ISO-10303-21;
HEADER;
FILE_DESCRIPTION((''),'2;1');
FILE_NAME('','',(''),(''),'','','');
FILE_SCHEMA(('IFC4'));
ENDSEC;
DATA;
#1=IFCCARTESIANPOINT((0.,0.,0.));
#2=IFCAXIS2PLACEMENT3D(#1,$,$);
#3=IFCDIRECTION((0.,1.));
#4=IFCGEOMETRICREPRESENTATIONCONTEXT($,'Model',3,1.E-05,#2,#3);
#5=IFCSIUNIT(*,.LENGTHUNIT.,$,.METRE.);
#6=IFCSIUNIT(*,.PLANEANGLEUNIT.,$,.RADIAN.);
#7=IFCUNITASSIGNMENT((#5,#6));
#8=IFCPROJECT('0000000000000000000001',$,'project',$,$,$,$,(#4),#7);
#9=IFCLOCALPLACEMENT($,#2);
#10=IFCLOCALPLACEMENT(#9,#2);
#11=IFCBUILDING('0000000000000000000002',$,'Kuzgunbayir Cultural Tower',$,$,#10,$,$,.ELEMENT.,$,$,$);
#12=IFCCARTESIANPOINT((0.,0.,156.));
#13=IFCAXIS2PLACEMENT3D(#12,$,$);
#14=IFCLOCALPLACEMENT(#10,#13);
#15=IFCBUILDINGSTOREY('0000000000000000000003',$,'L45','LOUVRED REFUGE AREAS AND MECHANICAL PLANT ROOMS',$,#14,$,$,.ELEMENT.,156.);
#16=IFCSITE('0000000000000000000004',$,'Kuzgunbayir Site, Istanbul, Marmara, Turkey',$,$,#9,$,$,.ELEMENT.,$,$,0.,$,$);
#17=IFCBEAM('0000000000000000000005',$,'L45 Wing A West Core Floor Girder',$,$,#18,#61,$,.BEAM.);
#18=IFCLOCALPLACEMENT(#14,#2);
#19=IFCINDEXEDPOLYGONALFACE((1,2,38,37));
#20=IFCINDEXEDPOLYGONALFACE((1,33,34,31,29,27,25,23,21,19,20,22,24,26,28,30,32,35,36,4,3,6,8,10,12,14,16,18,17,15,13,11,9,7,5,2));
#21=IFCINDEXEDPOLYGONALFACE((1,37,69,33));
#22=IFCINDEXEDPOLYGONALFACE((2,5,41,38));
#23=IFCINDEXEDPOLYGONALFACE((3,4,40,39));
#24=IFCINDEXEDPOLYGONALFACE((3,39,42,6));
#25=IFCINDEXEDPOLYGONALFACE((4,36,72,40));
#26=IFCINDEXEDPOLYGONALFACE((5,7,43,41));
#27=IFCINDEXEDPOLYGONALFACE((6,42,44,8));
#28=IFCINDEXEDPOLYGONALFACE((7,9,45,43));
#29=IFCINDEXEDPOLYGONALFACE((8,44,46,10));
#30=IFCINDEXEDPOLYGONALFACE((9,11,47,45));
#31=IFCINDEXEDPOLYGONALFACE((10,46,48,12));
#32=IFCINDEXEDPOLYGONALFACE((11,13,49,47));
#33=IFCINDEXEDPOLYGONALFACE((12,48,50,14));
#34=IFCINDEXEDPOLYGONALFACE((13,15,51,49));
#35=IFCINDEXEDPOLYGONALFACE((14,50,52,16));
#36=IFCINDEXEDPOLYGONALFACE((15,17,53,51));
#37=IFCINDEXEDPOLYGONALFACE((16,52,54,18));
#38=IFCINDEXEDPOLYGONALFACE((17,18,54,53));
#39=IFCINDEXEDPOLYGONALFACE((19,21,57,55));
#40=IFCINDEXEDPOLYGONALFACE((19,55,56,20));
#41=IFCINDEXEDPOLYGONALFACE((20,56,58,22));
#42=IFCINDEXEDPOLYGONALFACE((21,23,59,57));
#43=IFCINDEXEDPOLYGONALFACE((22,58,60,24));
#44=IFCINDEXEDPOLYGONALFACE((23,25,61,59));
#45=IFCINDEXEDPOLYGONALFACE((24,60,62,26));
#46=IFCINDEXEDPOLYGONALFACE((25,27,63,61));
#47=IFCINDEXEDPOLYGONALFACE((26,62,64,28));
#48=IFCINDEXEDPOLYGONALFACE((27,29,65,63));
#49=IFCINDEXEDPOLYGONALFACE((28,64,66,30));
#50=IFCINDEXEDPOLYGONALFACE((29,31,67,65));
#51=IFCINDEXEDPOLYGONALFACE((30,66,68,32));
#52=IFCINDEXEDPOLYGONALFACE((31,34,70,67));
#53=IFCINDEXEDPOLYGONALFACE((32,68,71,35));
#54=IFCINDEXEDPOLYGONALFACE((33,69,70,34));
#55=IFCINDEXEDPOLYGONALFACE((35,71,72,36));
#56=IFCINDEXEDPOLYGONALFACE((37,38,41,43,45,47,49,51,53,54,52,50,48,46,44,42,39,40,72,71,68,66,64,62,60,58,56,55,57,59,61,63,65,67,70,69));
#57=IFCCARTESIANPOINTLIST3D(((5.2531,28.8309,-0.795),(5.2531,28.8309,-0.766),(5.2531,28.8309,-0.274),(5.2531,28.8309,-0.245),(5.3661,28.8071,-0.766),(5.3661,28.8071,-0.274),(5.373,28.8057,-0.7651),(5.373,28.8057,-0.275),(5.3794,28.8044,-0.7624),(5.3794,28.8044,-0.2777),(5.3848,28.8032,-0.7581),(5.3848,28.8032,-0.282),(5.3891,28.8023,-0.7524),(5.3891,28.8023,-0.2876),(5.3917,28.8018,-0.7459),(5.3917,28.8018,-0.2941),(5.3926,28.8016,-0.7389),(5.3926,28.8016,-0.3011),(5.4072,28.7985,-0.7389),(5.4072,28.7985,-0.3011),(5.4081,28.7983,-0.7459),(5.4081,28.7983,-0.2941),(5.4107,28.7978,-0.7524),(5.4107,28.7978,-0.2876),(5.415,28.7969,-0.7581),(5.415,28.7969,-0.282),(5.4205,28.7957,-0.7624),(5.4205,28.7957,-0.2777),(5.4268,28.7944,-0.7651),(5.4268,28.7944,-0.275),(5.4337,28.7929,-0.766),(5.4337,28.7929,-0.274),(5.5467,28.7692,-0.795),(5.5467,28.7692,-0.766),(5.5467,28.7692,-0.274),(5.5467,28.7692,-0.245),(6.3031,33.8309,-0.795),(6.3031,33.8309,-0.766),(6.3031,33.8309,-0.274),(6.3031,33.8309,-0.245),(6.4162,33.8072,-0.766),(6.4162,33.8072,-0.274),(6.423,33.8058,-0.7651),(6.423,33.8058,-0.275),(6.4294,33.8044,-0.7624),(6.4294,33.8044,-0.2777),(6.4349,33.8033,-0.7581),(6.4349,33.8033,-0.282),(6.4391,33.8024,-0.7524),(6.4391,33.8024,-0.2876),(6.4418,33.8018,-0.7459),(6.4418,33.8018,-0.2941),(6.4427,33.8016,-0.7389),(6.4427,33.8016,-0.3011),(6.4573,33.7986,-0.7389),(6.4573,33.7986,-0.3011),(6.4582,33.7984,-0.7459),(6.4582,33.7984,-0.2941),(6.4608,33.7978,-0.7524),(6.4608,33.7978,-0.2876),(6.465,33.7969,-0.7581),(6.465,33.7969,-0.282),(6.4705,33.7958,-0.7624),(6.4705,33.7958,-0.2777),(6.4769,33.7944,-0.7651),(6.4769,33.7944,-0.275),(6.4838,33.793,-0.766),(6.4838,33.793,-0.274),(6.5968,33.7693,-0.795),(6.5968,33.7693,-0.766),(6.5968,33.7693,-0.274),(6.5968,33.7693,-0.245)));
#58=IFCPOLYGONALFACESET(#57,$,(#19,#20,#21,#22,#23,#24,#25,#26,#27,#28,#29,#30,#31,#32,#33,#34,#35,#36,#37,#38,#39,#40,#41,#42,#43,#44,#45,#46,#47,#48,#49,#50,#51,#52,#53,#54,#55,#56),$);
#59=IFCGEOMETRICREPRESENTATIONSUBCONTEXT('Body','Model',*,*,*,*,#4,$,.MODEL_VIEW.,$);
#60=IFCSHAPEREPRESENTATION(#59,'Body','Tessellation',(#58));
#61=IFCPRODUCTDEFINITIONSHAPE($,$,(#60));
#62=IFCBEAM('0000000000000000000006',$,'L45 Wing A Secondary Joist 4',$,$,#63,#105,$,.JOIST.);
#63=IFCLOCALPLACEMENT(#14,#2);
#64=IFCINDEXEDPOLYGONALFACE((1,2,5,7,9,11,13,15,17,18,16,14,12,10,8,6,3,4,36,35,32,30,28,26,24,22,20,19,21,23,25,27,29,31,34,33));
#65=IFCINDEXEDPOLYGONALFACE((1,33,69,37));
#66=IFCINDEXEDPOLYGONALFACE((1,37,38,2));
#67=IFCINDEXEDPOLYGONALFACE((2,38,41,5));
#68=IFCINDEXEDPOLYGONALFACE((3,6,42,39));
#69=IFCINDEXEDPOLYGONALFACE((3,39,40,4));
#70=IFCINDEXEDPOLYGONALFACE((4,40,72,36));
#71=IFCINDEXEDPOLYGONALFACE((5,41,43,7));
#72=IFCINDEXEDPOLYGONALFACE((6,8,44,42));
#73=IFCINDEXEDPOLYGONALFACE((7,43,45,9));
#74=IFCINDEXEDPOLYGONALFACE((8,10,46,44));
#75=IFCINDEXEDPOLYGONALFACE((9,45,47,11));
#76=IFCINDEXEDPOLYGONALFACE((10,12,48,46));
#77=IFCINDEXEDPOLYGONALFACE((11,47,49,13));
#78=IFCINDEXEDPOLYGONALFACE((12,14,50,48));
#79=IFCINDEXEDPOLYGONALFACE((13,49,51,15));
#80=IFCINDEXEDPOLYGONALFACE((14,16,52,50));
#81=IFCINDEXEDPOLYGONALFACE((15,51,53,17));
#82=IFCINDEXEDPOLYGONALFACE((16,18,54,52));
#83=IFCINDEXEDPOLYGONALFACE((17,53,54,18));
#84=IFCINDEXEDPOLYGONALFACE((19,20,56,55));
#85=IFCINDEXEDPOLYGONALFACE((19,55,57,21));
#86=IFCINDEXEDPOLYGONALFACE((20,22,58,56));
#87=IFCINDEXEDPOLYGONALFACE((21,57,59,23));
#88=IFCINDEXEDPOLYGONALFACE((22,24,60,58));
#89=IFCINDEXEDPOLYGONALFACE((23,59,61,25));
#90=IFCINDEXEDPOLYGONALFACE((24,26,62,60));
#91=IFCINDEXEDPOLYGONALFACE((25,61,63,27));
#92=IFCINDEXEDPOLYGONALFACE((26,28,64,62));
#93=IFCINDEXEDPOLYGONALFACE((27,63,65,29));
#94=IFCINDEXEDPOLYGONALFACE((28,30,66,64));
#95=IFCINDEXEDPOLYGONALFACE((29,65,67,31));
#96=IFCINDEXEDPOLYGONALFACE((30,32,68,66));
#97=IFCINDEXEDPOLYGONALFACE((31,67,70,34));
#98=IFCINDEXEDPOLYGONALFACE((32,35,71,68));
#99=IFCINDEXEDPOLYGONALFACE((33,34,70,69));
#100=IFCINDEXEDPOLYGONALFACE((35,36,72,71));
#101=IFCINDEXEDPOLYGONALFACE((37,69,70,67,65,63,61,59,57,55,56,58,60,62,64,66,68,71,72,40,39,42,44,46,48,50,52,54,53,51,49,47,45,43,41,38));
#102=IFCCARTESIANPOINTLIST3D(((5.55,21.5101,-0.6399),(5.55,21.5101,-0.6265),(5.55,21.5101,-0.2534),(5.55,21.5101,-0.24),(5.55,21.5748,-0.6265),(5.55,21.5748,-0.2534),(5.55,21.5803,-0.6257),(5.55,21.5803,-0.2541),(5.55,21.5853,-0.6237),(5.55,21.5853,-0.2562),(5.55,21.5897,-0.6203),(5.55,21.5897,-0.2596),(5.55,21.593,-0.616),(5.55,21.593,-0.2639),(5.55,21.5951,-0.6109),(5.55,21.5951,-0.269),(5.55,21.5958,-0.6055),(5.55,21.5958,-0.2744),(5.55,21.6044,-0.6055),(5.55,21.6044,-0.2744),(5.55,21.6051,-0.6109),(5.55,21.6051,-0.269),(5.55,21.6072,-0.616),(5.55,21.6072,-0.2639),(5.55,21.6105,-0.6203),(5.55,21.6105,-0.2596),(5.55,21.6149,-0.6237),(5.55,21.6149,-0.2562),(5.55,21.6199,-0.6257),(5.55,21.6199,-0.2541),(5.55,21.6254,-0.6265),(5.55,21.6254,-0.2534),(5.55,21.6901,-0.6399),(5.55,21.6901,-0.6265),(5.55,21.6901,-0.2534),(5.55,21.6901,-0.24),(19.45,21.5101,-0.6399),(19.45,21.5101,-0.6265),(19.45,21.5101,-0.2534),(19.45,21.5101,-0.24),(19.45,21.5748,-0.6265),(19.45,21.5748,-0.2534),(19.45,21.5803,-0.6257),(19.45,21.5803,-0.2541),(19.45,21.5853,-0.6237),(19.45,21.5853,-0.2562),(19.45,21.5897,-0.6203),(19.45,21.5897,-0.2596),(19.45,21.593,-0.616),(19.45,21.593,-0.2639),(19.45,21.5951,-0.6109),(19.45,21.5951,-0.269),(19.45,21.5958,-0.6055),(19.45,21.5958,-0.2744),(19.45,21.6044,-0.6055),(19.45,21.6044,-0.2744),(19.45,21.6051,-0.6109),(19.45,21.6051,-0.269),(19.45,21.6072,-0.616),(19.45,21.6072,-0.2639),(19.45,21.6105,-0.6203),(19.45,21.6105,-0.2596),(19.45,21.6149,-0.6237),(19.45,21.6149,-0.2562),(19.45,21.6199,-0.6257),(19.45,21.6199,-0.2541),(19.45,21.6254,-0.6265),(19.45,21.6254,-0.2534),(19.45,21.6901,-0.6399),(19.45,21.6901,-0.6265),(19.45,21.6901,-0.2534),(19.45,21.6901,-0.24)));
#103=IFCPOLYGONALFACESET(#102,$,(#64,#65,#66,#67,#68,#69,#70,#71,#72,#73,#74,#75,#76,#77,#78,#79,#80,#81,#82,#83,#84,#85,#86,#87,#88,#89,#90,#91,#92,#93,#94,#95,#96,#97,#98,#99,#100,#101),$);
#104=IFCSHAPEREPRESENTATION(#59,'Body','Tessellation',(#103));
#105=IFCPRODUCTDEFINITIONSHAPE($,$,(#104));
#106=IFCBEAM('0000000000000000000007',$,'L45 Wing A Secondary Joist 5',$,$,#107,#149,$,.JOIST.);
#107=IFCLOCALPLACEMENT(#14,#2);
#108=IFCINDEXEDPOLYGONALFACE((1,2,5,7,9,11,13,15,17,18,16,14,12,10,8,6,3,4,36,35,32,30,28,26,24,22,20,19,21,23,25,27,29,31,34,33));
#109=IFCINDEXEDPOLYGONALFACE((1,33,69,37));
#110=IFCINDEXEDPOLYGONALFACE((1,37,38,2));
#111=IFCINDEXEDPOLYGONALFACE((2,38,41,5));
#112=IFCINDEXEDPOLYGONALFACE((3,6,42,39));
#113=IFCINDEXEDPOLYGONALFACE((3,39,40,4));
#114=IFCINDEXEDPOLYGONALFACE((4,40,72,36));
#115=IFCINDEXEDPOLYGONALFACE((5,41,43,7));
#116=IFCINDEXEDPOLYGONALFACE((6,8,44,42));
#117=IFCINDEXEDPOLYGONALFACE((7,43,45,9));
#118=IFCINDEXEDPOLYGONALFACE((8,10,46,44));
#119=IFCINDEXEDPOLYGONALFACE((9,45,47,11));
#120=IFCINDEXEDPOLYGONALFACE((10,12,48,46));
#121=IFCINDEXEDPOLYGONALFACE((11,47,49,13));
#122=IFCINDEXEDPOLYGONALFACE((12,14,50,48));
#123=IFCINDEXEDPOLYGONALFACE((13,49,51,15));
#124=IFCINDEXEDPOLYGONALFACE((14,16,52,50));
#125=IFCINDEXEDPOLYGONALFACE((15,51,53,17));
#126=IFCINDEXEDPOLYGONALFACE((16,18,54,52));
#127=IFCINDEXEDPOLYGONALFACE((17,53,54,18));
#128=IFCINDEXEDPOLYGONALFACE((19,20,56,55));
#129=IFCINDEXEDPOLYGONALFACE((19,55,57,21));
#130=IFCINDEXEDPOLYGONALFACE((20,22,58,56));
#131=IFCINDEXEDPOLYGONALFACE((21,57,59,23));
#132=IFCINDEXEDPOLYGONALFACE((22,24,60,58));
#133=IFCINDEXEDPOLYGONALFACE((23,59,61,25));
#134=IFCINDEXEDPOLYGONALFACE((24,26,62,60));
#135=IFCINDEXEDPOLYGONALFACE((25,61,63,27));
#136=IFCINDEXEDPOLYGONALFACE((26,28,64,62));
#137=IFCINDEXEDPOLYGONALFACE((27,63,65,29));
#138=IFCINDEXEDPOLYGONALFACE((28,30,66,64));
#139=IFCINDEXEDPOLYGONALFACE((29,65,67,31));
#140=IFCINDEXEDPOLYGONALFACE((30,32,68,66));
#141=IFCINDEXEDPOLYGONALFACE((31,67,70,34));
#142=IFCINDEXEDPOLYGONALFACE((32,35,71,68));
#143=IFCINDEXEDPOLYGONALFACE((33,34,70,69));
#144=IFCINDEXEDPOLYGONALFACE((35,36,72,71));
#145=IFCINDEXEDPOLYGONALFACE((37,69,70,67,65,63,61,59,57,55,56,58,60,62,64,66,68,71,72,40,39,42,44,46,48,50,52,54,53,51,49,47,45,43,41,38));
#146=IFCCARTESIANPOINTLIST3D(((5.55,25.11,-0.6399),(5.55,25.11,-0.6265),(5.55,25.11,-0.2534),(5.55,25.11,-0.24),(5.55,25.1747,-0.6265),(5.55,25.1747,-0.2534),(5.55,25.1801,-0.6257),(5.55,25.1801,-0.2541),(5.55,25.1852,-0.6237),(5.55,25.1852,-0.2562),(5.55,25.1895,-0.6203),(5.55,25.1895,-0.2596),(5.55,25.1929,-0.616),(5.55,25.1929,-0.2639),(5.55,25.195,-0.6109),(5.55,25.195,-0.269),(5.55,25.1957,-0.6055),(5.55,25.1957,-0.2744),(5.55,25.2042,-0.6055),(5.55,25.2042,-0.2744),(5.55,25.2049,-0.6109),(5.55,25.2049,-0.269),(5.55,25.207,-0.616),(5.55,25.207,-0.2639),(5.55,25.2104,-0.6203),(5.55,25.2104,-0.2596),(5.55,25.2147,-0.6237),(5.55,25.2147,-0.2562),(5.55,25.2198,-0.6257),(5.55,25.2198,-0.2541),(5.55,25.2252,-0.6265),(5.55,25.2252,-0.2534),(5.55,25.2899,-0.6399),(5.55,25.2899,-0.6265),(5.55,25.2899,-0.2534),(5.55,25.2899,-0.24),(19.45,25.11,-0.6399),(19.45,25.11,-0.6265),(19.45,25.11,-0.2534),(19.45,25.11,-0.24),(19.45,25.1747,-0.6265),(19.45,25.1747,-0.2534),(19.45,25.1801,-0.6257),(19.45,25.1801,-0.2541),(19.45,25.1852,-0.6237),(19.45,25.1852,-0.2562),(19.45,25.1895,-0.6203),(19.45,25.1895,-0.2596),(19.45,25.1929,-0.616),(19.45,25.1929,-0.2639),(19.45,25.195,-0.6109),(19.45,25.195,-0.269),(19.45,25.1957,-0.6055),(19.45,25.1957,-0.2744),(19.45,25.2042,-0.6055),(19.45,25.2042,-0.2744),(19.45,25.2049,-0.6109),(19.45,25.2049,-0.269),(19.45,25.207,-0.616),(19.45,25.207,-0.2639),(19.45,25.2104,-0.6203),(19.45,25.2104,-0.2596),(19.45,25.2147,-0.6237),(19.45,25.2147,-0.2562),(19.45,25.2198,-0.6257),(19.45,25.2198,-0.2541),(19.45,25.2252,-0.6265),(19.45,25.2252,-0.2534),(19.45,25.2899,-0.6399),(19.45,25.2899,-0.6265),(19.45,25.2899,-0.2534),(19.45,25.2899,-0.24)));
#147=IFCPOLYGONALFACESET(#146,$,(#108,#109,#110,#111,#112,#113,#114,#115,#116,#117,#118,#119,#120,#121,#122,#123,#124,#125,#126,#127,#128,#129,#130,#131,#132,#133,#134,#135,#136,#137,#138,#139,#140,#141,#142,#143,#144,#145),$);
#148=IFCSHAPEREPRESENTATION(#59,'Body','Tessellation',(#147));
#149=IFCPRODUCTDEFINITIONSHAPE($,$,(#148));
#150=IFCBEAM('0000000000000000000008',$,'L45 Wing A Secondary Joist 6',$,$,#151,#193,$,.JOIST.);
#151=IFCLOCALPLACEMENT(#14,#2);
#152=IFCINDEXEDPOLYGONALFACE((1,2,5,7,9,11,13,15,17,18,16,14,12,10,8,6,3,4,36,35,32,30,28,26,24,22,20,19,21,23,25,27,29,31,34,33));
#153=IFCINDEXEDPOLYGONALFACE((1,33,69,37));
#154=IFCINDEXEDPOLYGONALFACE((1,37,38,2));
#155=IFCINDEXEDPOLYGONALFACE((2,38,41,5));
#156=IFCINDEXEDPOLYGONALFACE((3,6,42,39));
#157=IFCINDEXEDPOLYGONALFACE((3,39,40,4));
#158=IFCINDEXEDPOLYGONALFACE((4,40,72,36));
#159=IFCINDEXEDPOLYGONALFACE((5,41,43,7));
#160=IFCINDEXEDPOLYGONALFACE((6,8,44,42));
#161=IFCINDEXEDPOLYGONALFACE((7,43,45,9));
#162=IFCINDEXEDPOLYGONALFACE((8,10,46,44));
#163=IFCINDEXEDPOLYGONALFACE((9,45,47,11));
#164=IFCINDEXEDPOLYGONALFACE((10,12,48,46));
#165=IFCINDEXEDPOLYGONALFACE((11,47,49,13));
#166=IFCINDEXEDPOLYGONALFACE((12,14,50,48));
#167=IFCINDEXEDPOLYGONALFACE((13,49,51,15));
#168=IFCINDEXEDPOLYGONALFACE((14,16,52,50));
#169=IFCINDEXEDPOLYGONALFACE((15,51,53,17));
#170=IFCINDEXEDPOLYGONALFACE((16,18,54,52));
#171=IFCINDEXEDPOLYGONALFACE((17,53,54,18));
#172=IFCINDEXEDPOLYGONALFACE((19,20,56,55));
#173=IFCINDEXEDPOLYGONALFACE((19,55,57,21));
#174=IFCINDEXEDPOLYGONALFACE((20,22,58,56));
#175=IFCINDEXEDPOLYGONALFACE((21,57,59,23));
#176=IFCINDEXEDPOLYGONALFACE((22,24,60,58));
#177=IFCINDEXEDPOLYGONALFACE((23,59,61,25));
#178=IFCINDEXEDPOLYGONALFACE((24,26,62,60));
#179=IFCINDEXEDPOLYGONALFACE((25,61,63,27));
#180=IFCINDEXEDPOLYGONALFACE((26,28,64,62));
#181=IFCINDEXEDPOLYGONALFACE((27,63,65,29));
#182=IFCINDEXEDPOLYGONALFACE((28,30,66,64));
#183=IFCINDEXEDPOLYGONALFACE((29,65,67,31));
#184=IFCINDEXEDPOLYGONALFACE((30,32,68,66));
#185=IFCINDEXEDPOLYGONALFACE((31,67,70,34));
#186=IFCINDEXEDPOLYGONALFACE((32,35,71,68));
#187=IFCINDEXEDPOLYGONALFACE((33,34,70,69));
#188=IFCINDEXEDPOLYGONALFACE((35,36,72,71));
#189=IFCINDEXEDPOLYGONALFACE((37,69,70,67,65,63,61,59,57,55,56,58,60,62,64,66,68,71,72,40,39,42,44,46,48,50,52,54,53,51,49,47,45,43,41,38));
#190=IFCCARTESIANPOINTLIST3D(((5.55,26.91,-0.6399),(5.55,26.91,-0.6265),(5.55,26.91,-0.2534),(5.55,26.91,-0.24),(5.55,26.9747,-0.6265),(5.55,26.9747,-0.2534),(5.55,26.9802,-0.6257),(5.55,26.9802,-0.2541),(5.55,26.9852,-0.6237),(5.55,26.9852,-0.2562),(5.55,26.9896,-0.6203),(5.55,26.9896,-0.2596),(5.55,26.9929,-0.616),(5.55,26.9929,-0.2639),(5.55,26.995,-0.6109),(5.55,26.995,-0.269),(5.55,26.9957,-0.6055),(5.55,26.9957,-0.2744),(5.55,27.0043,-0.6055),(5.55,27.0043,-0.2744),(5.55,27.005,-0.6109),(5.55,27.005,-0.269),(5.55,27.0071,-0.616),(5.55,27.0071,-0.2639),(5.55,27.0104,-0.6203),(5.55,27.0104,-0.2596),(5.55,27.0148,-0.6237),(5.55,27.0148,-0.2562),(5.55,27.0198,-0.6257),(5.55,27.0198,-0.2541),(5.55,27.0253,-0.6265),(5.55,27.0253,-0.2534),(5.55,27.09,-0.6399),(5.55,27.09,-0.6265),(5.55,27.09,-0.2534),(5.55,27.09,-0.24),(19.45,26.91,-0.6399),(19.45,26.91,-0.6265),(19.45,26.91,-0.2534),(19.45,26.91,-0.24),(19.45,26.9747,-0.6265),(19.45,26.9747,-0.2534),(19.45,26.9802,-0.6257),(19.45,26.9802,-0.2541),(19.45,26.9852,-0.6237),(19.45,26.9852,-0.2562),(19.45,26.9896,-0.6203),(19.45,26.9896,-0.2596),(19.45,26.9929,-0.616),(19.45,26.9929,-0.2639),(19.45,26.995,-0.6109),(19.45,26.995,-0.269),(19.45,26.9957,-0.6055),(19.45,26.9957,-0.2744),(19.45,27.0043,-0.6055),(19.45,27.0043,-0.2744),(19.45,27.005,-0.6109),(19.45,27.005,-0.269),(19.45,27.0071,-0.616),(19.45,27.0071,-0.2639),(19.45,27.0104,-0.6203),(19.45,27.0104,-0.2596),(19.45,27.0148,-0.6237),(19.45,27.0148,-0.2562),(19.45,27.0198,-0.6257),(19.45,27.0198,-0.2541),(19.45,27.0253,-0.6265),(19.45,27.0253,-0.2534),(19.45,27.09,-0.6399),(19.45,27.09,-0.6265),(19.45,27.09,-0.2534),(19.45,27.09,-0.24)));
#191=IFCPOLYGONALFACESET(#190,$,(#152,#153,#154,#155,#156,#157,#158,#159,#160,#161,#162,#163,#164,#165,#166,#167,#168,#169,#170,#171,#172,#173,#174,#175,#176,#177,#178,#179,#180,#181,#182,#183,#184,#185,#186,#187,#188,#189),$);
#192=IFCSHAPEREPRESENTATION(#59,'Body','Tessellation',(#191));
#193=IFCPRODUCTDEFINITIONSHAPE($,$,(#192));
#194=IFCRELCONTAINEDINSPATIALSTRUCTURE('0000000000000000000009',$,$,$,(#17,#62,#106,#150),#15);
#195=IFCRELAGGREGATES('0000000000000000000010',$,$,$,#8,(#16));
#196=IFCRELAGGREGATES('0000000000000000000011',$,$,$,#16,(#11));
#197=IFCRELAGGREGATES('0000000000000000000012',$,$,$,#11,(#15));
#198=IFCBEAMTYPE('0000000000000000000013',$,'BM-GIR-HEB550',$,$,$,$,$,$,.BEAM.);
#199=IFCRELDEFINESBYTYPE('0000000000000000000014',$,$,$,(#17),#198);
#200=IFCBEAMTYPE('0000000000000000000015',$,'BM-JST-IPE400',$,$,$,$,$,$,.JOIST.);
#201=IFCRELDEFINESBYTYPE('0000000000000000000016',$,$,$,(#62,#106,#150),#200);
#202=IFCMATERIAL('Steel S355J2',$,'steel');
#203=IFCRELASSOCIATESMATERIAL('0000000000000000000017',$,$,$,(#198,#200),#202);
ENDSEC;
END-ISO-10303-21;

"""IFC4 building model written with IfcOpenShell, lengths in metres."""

from ifc_helpers import new_model, si_unit, direction, frame, origin, origin_2d, place, context, subcontext, project, spatial, i_section, extrude, material, material_profile, profile_set, type_object, element, save


model = new_model("IFC4")

# Units and contexts
model_context = context("Model", 3, precision=1e-05, world=origin(), true_north=direction((0.0, 1.0)))
body_context = subcontext(model_context, "Body", "Model", "MODEL_VIEW")
ifc_project = project(units=[si_unit("LENGTHUNIT", "METRE"), si_unit("PLANEANGLEUNIT", "RADIAN")], contexts=[model_context])

# Site, building, storey
site_placement = place(None, origin())
site = spatial("IfcSite", under=ifc_project, at=site_placement, Name="Kuzgunbayir Site, Istanbul, Marmara, Turkey", CompositionType="ELEMENT", RefElevation=0.0)
building_placement = place(site_placement, origin())
building = spatial("IfcBuilding", under=site, at=building_placement, Name="Kuzgunbayir Cultural Tower", CompositionType="ELEMENT")
storey_placement = place(building_placement, frame((0.0, 0.0, 156.0)))
storey = spatial("IfcBuildingStorey", under=building, at=storey_placement, Name="L45", Description="LOUVRED REFUGE AREAS AND MECHANICAL PLANT ROOMS", CompositionType="ELEMENT", Elevation=156.0)

# Beams
ifc_material_1 = material(Name="Steel S355J2", Category="steel")
ifc_material_profile_1 = material_profile(ifc_material_1, i_section(OverallWidth=0.3, OverallDepth=0.55, WebThickness=0.0149, FlangeThickness=0.0291, FilletRadius=0.0271, at=origin_2d()), Name="HEB 550")
ifc_profile_set_1 = profile_set([ifc_material_profile_1], Name="Steel S355J2")
beam_type_1 = type_object("IfcBeamType", Name="BM-GIR-HEB550", PredefinedType="BEAM", material=ifc_profile_set_1)
beam_1_placement = place(storey_placement, frame((5.3999, 28.8, -0.52), z_axis=(0.205526, 0.978652, 0.0), x_axis=(-0.978652, 0.205526, 0.0)))
element("IfcBeam", 1, at=beam_1_placement, inside=storey, type_object=beam_type_1, Name="L45 Wing A West Core Floor Girder", PredefinedType="BEAM", context=body_context, shape_type="SweptSolid", body=[
    extrude(i_section(OverallWidth=0.3, OverallDepth=0.55, WebThickness=0.0149, FlangeThickness=0.0291, FilletRadius=0.0271, at=origin_2d()), origin(), (0.0, 0.0, 1.0), 5.1091),
])
ifc_material_profile_2 = material_profile(ifc_material_1, i_section(OverallWidth=0.1799, OverallDepth=0.3999, WebThickness=0.0085, FlangeThickness=0.0134, FilletRadius=0.021, at=origin_2d()), Name="IPE 400")
ifc_profile_set_2 = profile_set([ifc_material_profile_2], Name="Steel S355J2")
beam_type_2 = type_object("IfcBeamType", Name="BM-JST-IPE400", PredefinedType="JOIST", material=ifc_profile_set_2)
for number, where, z_axis, x_axis, name in (
    (2, (5.55, 21.6001, -0.4399), (1.0, 0.0, 0.0), (0.0, 1.0, 0.0), "L45 Wing A Secondary Joist 4"),
    (3, (5.55, 25.2, -0.4399), (1.0, 0.0, 0.0), (0.0, 1.0, 0.0), "L45 Wing A Secondary Joist 5"),
    (4, (5.55, 27.0, -0.4399), (1.0, 0.0, 0.0), (0.0, 1.0, 0.0), "L45 Wing A Secondary Joist 6"),
):
    element("IfcBeam", number, at=place(storey_placement, frame(where, z_axis=z_axis, x_axis=x_axis)), inside=storey, type_object=beam_type_2, Name=name, PredefinedType="JOIST", context=body_context, shape_type="SweptSolid", body=[
        extrude(i_section(OverallWidth=0.1799, OverallDepth=0.3999, WebThickness=0.0085, FlangeThickness=0.0134, FilletRadius=0.021, at=origin_2d()), origin(), (0.0, 0.0, 1.0), 13.8999),
    ])

save(model, "model.ifc")
